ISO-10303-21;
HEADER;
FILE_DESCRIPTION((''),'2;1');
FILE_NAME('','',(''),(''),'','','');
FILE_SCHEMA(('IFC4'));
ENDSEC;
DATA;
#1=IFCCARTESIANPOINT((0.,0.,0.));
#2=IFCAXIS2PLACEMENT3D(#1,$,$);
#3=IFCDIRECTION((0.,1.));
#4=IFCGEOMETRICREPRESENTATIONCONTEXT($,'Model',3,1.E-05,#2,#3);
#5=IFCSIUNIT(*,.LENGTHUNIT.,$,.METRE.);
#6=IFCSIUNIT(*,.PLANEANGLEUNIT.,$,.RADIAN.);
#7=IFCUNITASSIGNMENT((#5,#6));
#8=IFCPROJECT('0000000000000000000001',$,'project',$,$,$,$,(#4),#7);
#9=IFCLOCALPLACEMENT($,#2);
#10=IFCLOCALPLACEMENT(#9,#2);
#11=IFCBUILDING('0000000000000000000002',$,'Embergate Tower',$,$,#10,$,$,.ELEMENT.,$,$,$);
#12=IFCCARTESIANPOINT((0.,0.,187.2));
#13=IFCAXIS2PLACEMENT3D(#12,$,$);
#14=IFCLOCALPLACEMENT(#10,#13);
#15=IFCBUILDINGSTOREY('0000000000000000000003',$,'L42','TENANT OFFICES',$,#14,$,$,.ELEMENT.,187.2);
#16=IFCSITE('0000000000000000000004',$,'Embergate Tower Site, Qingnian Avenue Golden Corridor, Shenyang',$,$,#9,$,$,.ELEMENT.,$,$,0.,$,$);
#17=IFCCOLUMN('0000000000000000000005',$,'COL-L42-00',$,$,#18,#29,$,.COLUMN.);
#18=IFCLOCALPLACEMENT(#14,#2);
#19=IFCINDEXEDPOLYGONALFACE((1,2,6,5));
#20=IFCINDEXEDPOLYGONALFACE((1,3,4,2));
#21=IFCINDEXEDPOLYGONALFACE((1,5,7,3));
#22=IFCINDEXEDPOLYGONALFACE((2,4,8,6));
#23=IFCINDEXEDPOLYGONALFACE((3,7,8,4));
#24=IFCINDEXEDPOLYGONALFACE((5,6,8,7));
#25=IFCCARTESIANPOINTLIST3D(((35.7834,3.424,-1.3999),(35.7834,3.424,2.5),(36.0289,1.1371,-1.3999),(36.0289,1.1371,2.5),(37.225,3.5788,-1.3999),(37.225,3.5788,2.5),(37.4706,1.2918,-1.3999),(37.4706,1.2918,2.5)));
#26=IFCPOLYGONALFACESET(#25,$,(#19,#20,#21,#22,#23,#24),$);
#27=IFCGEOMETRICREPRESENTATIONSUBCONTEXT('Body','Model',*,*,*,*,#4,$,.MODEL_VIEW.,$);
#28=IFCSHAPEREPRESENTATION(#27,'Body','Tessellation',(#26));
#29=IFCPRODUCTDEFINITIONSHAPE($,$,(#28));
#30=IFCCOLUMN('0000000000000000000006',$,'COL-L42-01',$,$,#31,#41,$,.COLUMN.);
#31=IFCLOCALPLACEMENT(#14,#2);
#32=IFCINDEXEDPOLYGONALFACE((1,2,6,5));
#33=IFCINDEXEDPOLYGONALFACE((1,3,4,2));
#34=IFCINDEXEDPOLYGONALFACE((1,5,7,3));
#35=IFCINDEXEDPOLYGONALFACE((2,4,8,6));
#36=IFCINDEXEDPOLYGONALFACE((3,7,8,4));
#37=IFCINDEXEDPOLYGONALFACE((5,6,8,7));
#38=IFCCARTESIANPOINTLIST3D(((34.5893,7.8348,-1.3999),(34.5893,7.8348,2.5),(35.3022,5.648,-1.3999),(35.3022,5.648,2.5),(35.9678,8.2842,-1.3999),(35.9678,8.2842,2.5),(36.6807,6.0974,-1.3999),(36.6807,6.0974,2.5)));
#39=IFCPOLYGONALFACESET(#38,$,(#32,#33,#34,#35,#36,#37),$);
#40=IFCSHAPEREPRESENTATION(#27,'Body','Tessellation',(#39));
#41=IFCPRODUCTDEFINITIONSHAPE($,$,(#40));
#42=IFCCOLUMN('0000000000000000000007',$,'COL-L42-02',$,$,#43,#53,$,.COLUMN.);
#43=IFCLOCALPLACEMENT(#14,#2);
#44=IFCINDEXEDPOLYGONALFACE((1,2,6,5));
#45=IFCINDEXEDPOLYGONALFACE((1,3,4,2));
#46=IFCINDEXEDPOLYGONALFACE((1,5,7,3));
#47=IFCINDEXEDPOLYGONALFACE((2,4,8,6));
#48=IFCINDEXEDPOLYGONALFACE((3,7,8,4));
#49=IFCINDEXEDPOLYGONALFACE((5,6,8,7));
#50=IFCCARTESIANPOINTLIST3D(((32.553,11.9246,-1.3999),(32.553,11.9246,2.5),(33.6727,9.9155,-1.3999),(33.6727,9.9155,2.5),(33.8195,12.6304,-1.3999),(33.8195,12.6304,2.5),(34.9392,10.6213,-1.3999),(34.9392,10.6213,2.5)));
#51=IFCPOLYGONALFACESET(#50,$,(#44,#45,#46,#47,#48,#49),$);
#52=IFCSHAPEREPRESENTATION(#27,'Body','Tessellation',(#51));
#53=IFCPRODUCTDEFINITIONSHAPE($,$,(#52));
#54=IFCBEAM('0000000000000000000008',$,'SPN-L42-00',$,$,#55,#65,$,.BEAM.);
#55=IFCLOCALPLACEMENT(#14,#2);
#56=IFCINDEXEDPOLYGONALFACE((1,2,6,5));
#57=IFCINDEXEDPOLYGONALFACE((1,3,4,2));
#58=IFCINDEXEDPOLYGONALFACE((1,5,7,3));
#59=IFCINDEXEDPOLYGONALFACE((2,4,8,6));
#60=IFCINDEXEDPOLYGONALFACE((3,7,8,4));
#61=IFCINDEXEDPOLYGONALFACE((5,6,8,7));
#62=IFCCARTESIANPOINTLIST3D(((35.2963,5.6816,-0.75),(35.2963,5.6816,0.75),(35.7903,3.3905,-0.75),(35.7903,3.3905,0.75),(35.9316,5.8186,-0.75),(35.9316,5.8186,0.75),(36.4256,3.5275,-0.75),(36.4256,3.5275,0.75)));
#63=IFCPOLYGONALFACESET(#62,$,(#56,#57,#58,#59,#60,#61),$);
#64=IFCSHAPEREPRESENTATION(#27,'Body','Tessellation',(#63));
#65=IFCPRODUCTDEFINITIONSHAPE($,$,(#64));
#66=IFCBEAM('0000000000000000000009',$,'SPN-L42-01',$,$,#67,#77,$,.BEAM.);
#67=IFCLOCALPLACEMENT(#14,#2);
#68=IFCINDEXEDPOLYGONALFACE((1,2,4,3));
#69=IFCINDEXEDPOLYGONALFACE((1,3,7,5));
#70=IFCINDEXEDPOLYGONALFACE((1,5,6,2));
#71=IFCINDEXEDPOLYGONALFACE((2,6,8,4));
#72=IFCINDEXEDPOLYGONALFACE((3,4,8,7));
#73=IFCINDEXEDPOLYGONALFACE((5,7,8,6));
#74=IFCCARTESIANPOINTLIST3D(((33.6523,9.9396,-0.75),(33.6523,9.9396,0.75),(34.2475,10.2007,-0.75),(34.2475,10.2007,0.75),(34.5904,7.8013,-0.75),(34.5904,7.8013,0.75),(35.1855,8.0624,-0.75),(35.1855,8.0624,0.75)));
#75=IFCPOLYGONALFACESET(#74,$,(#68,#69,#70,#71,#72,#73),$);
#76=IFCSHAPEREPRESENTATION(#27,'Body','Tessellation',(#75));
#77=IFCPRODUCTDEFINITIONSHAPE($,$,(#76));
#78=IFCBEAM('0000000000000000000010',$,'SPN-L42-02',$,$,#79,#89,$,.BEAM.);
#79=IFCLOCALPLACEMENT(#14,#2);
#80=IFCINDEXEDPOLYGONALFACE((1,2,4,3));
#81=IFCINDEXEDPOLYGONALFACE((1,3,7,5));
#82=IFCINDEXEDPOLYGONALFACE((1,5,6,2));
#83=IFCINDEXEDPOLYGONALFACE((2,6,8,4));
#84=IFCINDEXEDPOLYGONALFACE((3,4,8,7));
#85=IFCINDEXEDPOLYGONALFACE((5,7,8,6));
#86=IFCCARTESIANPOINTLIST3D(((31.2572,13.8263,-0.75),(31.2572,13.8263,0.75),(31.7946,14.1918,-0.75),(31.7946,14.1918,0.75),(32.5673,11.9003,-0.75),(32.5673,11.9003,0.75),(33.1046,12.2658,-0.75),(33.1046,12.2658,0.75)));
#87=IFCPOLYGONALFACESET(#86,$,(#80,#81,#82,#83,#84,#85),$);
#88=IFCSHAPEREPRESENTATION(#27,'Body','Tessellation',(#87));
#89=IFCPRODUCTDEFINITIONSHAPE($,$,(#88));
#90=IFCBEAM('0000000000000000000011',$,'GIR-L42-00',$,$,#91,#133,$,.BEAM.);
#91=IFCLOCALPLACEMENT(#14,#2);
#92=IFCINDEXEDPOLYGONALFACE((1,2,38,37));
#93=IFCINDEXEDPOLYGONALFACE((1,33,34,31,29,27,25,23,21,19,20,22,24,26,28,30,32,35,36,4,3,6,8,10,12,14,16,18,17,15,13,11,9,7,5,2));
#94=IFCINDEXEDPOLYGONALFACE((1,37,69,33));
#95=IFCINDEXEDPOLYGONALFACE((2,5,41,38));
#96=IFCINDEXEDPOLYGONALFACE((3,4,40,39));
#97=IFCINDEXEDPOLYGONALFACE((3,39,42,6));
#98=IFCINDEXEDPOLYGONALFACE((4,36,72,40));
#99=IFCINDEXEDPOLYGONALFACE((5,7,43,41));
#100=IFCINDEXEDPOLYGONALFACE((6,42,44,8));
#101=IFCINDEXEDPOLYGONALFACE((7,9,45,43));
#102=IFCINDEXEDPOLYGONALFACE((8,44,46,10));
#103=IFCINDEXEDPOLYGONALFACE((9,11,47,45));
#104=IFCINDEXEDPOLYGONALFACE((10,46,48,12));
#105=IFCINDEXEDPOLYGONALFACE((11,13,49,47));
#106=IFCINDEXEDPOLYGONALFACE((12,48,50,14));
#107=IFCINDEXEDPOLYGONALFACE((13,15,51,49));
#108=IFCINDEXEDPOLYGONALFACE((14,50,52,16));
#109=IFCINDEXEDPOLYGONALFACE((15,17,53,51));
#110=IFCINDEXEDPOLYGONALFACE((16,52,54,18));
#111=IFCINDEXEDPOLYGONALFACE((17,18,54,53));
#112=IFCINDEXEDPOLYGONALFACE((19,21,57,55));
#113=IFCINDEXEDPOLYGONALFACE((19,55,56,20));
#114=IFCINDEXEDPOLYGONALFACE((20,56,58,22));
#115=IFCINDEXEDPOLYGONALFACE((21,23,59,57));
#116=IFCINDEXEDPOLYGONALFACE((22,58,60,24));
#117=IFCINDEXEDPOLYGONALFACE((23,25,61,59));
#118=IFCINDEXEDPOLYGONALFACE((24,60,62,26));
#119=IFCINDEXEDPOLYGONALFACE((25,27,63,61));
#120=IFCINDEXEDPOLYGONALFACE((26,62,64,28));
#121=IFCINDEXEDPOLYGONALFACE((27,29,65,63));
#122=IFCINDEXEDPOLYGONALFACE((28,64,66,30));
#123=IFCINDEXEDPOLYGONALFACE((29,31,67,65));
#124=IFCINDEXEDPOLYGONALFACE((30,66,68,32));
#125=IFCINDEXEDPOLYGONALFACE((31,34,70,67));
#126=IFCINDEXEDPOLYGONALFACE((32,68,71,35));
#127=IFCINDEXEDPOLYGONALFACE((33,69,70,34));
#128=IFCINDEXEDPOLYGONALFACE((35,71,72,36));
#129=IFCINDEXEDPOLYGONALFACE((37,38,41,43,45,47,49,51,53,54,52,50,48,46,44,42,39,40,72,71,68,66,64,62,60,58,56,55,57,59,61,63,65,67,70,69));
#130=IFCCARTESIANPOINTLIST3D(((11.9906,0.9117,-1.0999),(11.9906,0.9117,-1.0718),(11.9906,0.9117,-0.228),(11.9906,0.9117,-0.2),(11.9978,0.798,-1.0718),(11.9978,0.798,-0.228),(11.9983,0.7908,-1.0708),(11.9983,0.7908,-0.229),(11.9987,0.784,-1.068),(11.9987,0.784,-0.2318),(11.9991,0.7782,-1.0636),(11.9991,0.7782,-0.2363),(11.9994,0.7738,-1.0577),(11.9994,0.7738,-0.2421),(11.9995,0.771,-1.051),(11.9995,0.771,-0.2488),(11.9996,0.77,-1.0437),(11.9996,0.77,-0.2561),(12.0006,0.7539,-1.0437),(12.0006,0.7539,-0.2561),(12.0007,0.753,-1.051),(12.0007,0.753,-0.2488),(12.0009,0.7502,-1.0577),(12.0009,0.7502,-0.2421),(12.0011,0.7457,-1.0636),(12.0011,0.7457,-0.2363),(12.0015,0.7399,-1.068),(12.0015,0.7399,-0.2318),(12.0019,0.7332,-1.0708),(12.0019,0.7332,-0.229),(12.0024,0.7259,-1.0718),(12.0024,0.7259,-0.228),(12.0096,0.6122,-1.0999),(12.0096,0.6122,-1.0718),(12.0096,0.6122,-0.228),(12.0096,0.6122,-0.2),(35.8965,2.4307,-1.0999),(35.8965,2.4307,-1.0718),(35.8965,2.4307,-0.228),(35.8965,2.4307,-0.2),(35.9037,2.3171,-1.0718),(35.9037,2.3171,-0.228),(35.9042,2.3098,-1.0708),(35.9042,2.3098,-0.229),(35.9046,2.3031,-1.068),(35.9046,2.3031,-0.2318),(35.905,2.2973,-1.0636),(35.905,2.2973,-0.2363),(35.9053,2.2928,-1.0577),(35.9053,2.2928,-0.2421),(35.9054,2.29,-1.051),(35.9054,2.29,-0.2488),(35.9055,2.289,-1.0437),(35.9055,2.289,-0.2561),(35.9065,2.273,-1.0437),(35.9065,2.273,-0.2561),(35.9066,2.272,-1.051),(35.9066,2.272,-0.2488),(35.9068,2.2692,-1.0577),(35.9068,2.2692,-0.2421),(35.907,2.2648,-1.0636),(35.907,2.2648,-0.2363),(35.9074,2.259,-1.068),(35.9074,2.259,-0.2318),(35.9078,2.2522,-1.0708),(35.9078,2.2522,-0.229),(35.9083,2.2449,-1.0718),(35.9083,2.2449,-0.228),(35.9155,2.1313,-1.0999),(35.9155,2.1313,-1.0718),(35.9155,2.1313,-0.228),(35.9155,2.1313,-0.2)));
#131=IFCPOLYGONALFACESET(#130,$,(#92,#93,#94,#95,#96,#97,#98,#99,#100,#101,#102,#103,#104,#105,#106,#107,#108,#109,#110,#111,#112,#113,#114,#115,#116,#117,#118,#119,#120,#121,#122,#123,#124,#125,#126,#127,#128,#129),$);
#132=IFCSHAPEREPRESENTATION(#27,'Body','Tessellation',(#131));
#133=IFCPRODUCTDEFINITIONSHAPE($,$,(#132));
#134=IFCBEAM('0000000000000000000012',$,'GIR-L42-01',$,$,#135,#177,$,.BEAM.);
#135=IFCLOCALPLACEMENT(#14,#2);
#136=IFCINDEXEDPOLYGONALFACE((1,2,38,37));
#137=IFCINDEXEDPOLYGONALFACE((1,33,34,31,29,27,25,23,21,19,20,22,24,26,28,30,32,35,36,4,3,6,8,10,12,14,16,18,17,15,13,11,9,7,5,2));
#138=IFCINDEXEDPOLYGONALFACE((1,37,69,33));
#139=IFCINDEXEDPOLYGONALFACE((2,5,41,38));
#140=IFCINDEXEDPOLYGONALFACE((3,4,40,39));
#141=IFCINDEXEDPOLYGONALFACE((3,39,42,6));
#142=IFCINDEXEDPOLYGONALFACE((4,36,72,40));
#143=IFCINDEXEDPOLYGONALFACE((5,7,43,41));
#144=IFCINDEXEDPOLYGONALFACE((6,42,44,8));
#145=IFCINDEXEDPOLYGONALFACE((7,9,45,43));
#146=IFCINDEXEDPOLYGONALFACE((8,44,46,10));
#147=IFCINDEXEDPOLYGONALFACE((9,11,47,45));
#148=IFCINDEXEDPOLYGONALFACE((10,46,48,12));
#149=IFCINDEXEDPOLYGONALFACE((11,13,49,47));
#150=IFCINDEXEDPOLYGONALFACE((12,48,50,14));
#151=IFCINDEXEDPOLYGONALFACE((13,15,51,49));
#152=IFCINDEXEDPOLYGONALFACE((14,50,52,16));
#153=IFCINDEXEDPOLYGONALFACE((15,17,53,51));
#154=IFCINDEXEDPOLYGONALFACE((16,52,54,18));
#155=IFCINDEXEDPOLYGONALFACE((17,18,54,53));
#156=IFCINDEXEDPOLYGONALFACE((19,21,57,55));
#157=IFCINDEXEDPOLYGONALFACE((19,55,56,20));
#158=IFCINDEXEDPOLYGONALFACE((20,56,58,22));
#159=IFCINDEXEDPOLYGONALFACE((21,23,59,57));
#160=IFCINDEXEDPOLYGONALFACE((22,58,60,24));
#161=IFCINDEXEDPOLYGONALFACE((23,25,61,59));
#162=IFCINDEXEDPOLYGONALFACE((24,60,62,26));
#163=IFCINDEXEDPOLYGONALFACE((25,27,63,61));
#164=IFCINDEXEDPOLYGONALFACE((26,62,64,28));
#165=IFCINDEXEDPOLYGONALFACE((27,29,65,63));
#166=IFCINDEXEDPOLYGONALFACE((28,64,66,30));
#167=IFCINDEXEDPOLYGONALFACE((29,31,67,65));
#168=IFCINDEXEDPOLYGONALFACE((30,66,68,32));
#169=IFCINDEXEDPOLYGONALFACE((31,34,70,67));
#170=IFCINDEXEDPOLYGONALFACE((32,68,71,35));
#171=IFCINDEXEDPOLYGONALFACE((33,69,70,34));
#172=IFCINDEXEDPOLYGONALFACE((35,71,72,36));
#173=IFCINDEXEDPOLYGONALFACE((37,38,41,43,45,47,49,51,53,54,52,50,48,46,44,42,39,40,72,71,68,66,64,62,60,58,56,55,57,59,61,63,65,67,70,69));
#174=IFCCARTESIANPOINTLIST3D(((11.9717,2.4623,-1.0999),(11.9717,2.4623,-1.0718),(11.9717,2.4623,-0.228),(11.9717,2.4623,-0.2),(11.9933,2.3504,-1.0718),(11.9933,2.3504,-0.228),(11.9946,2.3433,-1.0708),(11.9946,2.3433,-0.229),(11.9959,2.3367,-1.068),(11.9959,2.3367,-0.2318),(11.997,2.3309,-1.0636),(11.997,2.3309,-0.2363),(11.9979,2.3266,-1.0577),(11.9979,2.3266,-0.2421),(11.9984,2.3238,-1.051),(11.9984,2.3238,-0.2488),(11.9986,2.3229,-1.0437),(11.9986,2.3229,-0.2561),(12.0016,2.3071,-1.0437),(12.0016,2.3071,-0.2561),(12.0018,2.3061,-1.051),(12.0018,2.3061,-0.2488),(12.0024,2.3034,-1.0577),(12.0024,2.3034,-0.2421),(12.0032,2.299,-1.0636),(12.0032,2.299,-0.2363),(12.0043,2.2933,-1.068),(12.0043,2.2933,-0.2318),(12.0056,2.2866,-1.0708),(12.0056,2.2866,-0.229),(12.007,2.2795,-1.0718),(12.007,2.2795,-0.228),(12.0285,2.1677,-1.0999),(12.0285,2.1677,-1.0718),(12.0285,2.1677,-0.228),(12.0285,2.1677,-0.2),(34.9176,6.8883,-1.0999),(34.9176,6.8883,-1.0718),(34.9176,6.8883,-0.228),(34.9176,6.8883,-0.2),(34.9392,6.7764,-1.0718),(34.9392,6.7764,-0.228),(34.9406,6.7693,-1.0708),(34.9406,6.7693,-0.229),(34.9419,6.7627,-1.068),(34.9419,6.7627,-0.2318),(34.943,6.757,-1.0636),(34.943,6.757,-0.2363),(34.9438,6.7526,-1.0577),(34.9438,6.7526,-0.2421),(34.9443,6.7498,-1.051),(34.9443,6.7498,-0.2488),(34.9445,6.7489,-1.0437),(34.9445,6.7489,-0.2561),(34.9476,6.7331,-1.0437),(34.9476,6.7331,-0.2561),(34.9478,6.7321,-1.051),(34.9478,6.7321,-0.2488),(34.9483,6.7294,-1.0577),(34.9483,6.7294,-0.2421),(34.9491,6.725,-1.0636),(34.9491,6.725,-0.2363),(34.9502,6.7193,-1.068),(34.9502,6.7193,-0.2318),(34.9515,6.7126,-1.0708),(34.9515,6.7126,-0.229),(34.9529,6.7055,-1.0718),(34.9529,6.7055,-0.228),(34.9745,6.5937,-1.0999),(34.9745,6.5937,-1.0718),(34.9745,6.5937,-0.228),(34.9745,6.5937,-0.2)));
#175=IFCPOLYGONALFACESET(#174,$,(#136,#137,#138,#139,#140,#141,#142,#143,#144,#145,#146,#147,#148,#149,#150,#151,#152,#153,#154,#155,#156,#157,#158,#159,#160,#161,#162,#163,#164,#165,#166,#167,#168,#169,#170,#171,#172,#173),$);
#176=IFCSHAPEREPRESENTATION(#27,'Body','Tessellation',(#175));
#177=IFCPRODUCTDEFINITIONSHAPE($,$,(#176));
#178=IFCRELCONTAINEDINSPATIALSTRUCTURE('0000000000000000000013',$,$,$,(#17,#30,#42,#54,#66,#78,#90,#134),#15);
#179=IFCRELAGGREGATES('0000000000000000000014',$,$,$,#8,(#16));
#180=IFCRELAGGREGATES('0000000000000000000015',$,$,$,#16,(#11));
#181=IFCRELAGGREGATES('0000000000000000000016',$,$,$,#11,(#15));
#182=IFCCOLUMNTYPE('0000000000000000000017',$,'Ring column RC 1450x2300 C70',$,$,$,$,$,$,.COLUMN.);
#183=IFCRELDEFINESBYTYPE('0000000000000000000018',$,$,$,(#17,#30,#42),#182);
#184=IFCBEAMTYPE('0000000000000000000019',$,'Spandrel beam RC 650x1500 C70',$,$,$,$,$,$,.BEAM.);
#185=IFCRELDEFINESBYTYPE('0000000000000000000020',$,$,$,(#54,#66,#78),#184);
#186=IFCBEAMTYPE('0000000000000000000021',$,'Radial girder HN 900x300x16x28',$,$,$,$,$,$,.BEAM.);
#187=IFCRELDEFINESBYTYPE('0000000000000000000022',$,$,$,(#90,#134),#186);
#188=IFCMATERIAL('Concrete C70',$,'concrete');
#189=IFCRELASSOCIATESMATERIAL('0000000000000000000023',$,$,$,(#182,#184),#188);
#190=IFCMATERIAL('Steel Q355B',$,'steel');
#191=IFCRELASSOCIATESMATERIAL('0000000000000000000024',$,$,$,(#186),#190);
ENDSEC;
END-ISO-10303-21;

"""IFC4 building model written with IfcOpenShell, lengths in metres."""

from ifc_helpers import new_model, si_unit, direction, frame, origin, origin_2d, place, context, subcontext, project, spatial, rectangle, i_section, extrude, source, transform, mapped, material, material_profile, profile_set, type_object, element, save


model = new_model("IFC4")

# Units and contexts
model_context = context("Model", 3, precision=1e-05, world=origin(), true_north=direction((0.0, 1.0)))
body_context = subcontext(model_context, "Body", "Model", "MODEL_VIEW")
ifc_project = project(units=[si_unit("LENGTHUNIT", "METRE"), si_unit("PLANEANGLEUNIT", "RADIAN")], contexts=[model_context])

# Site, building, storey
site_placement = place(None, origin())
site = spatial("IfcSite", under=ifc_project, at=site_placement, Name="Embergate Tower Site, Qingnian Avenue Golden Corridor, Shenyang", CompositionType="ELEMENT", RefElevation=0.0)
building_placement = place(site_placement, origin())
building = spatial("IfcBuilding", under=site, at=building_placement, Name="Embergate Tower", CompositionType="ELEMENT")
storey_placement = place(building_placement, frame((0.0, 0.0, 187.2)))
storey = spatial("IfcBuildingStorey", under=building, at=storey_placement, Name="L42", Description="TENANT OFFICES", CompositionType="ELEMENT", Elevation=187.2)

# Columns
ifc_material_1 = material(Name="Concrete C70", Category="concrete")
ifc_material_profile_1 = material_profile(ifc_material_1, rectangle(XDim=1.45, YDim=2.3, at=origin_2d()), Name="RC 1450x2300")
ifc_profile_set_1 = profile_set([ifc_material_profile_1], Name="Concrete C70")
column_type = type_object("IfcColumnType", Name="Ring column RC 1450x2300 C70", PredefinedType="COLUMN", material=ifc_profile_set_1)
shared_shape_1 = source(origin(), body_context, "Body", "SweptSolid", [
    extrude(rectangle(XDim=1.45, YDim=2.3, at=origin_2d()), origin(), (0.0, 0.0, 1.0), 3.8999),
])
for number, where, z_axis, x_axis, name in (
    (1, (36.627, 2.3579, -1.3999), (0.0, 0.0, 1.0), (0.994286, 0.10675, 0.0), "COL-L42-00"),
    (2, (35.635, 6.9661, -1.3999), (0.0, 0.0, 1.0), (0.950754, 0.309946, 0.0), "COL-L42-01"),
    (3, (33.7461, 11.2729, -1.3999), (0.0, 0.0, 1.0), (0.8735, 0.486823, 0.0), "COL-L42-02"),
):
    element("IfcColumn", number, at=place(storey_placement, frame(where, z_axis=z_axis, x_axis=x_axis)), inside=storey, type_object=column_type, Name=name, PredefinedType="COLUMN", context=body_context, shape_type="MappedRepresentation", body=[
        mapped(shared_shape_1, transform((0.0, 0.0, 0.0))),
    ])

# Beams
ifc_material_profile_2 = material_profile(ifc_material_1, rectangle(XDim=0.6499, YDim=1.5, at=origin_2d()), Name="RC 650x1500")
ifc_profile_set_2 = profile_set([ifc_material_profile_2], Name="Concrete C70")
beam_type_1 = type_object("IfcBeamType", Name="Spandrel beam RC 650x1500 C70", PredefinedType="BEAM", material=ifc_profile_set_2)
shared_shape_2 = source(origin(), body_context, "Body", "SweptSolid", [
    extrude(rectangle(XDim=0.6499, YDim=1.5, at=origin_2d()), origin(), (0.0, 0.0, 1.0), 2.3438),
])
beam_1_placement = place(storey_placement, frame((36.1079, 3.459, 0.0), z_axis=(-0.210738, 0.977543, 0.0), x_axis=(-0.977543, -0.210738, 0.0)))
element("IfcBeam", 4, at=beam_1_placement, inside=storey, type_object=beam_type_1, Name="SPN-L42-00", PredefinedType="BEAM", context=body_context, shape_type="MappedRepresentation", body=[
    mapped(shared_shape_2, transform((0.0, 0.0, 0.0))),
])
shared_shape_3 = source(origin(), body_context, "Body", "SweptSolid", [
    extrude(rectangle(XDim=0.6499, YDim=1.5, at=origin_2d()), origin(), (0.0, 0.0, 1.0), 2.335),
])
beam_2_placement = place(storey_placement, frame((34.8879, 7.9319, 0.0), z_axis=(-0.401729, 0.915759, 0.0), x_axis=(-0.915759, -0.401729, 0.0)))
element("IfcBeam", 5, at=beam_2_placement, inside=storey, type_object=beam_type_1, Name="SPN-L42-01", PredefinedType="BEAM", context=body_context, shape_type="MappedRepresentation", body=[
    mapped(shared_shape_3, transform((0.0, 0.0, 0.0))),
])
shared_shape_4 = source(origin(), body_context, "Body", "SweptSolid", [
    extrude(rectangle(XDim=0.6499, YDim=1.5, at=origin_2d()), origin(), (0.0, 0.0, 1.0), 2.3293),
])
beam_3_placement = place(storey_placement, frame((32.8359, 12.083, 0.0), z_axis=(-0.562416, 0.826854, 0.0), x_axis=(-0.826854, -0.562416, 0.0)))
element("IfcBeam", 6, at=beam_3_placement, inside=storey, type_object=beam_type_1, Name="SPN-L42-02", PredefinedType="BEAM", context=body_context, shape_type="MappedRepresentation", body=[
    mapped(shared_shape_4, transform((0.0, 0.0, 0.0))),
])
ifc_material_2 = material(Name="Steel Q355B", Category="steel")
ifc_material_profile_3 = material_profile(ifc_material_2, i_section(OverallWidth=0.3, OverallDepth=0.8999, WebThickness=0.0161, FlangeThickness=0.0281, FilletRadius=0.0281, at=origin_2d()), Name="HN 900x300x16x28")
ifc_profile_set_3 = profile_set([ifc_material_profile_3], Name="Steel Q355 grade B")
beam_type_2 = type_object("IfcBeamType", Name="Radial girder HN 900x300x16x28", PredefinedType="BEAM", material=ifc_profile_set_3)
shared_shape_5 = source(origin(), body_context, "Body", "SweptSolid", [
    extrude(i_section(OverallWidth=0.3, OverallDepth=0.8999, WebThickness=0.0161, FlangeThickness=0.0281, FilletRadius=0.0281, at=origin_2d()), origin(), (0.0, 0.0, 1.0), 23.9541),
])
beam_4_placement = place(storey_placement, frame((35.906, 2.281, -0.6499), z_axis=(-0.997987, -0.063414, 0.0), x_axis=(0.063414, -0.997987, 0.0)))
element("IfcBeam", 7, at=beam_4_placement, inside=storey, type_object=beam_type_2, Name="GIR-L42-00", PredefinedType="BEAM", context=body_context, shape_type="MappedRepresentation", body=[
    mapped(shared_shape_5, transform((0.0, 0.0, 0.0))),
])
shared_shape_6 = source(origin(), body_context, "Body", "SweptSolid", [
    extrude(i_section(OverallWidth=0.3, OverallDepth=0.8999, WebThickness=0.0161, FlangeThickness=0.0281, FilletRadius=0.0281, at=origin_2d()), origin(), (0.0, 0.0, 1.0), 23.3689),
])
beam_5_placement = place(storey_placement, frame((34.946, 6.741, -0.6499), z_axis=(-0.981901, -0.189397, 0.0), x_axis=(0.189397, -0.981901, 0.0)))
element("IfcBeam", 8, at=beam_5_placement, inside=storey, type_object=beam_type_2, Name="GIR-L42-01", PredefinedType="BEAM", context=body_context, shape_type="MappedRepresentation", body=[
    mapped(shared_shape_6, transform((0.0, 0.0, 0.0))),
])

save(model, "model.ifc")
